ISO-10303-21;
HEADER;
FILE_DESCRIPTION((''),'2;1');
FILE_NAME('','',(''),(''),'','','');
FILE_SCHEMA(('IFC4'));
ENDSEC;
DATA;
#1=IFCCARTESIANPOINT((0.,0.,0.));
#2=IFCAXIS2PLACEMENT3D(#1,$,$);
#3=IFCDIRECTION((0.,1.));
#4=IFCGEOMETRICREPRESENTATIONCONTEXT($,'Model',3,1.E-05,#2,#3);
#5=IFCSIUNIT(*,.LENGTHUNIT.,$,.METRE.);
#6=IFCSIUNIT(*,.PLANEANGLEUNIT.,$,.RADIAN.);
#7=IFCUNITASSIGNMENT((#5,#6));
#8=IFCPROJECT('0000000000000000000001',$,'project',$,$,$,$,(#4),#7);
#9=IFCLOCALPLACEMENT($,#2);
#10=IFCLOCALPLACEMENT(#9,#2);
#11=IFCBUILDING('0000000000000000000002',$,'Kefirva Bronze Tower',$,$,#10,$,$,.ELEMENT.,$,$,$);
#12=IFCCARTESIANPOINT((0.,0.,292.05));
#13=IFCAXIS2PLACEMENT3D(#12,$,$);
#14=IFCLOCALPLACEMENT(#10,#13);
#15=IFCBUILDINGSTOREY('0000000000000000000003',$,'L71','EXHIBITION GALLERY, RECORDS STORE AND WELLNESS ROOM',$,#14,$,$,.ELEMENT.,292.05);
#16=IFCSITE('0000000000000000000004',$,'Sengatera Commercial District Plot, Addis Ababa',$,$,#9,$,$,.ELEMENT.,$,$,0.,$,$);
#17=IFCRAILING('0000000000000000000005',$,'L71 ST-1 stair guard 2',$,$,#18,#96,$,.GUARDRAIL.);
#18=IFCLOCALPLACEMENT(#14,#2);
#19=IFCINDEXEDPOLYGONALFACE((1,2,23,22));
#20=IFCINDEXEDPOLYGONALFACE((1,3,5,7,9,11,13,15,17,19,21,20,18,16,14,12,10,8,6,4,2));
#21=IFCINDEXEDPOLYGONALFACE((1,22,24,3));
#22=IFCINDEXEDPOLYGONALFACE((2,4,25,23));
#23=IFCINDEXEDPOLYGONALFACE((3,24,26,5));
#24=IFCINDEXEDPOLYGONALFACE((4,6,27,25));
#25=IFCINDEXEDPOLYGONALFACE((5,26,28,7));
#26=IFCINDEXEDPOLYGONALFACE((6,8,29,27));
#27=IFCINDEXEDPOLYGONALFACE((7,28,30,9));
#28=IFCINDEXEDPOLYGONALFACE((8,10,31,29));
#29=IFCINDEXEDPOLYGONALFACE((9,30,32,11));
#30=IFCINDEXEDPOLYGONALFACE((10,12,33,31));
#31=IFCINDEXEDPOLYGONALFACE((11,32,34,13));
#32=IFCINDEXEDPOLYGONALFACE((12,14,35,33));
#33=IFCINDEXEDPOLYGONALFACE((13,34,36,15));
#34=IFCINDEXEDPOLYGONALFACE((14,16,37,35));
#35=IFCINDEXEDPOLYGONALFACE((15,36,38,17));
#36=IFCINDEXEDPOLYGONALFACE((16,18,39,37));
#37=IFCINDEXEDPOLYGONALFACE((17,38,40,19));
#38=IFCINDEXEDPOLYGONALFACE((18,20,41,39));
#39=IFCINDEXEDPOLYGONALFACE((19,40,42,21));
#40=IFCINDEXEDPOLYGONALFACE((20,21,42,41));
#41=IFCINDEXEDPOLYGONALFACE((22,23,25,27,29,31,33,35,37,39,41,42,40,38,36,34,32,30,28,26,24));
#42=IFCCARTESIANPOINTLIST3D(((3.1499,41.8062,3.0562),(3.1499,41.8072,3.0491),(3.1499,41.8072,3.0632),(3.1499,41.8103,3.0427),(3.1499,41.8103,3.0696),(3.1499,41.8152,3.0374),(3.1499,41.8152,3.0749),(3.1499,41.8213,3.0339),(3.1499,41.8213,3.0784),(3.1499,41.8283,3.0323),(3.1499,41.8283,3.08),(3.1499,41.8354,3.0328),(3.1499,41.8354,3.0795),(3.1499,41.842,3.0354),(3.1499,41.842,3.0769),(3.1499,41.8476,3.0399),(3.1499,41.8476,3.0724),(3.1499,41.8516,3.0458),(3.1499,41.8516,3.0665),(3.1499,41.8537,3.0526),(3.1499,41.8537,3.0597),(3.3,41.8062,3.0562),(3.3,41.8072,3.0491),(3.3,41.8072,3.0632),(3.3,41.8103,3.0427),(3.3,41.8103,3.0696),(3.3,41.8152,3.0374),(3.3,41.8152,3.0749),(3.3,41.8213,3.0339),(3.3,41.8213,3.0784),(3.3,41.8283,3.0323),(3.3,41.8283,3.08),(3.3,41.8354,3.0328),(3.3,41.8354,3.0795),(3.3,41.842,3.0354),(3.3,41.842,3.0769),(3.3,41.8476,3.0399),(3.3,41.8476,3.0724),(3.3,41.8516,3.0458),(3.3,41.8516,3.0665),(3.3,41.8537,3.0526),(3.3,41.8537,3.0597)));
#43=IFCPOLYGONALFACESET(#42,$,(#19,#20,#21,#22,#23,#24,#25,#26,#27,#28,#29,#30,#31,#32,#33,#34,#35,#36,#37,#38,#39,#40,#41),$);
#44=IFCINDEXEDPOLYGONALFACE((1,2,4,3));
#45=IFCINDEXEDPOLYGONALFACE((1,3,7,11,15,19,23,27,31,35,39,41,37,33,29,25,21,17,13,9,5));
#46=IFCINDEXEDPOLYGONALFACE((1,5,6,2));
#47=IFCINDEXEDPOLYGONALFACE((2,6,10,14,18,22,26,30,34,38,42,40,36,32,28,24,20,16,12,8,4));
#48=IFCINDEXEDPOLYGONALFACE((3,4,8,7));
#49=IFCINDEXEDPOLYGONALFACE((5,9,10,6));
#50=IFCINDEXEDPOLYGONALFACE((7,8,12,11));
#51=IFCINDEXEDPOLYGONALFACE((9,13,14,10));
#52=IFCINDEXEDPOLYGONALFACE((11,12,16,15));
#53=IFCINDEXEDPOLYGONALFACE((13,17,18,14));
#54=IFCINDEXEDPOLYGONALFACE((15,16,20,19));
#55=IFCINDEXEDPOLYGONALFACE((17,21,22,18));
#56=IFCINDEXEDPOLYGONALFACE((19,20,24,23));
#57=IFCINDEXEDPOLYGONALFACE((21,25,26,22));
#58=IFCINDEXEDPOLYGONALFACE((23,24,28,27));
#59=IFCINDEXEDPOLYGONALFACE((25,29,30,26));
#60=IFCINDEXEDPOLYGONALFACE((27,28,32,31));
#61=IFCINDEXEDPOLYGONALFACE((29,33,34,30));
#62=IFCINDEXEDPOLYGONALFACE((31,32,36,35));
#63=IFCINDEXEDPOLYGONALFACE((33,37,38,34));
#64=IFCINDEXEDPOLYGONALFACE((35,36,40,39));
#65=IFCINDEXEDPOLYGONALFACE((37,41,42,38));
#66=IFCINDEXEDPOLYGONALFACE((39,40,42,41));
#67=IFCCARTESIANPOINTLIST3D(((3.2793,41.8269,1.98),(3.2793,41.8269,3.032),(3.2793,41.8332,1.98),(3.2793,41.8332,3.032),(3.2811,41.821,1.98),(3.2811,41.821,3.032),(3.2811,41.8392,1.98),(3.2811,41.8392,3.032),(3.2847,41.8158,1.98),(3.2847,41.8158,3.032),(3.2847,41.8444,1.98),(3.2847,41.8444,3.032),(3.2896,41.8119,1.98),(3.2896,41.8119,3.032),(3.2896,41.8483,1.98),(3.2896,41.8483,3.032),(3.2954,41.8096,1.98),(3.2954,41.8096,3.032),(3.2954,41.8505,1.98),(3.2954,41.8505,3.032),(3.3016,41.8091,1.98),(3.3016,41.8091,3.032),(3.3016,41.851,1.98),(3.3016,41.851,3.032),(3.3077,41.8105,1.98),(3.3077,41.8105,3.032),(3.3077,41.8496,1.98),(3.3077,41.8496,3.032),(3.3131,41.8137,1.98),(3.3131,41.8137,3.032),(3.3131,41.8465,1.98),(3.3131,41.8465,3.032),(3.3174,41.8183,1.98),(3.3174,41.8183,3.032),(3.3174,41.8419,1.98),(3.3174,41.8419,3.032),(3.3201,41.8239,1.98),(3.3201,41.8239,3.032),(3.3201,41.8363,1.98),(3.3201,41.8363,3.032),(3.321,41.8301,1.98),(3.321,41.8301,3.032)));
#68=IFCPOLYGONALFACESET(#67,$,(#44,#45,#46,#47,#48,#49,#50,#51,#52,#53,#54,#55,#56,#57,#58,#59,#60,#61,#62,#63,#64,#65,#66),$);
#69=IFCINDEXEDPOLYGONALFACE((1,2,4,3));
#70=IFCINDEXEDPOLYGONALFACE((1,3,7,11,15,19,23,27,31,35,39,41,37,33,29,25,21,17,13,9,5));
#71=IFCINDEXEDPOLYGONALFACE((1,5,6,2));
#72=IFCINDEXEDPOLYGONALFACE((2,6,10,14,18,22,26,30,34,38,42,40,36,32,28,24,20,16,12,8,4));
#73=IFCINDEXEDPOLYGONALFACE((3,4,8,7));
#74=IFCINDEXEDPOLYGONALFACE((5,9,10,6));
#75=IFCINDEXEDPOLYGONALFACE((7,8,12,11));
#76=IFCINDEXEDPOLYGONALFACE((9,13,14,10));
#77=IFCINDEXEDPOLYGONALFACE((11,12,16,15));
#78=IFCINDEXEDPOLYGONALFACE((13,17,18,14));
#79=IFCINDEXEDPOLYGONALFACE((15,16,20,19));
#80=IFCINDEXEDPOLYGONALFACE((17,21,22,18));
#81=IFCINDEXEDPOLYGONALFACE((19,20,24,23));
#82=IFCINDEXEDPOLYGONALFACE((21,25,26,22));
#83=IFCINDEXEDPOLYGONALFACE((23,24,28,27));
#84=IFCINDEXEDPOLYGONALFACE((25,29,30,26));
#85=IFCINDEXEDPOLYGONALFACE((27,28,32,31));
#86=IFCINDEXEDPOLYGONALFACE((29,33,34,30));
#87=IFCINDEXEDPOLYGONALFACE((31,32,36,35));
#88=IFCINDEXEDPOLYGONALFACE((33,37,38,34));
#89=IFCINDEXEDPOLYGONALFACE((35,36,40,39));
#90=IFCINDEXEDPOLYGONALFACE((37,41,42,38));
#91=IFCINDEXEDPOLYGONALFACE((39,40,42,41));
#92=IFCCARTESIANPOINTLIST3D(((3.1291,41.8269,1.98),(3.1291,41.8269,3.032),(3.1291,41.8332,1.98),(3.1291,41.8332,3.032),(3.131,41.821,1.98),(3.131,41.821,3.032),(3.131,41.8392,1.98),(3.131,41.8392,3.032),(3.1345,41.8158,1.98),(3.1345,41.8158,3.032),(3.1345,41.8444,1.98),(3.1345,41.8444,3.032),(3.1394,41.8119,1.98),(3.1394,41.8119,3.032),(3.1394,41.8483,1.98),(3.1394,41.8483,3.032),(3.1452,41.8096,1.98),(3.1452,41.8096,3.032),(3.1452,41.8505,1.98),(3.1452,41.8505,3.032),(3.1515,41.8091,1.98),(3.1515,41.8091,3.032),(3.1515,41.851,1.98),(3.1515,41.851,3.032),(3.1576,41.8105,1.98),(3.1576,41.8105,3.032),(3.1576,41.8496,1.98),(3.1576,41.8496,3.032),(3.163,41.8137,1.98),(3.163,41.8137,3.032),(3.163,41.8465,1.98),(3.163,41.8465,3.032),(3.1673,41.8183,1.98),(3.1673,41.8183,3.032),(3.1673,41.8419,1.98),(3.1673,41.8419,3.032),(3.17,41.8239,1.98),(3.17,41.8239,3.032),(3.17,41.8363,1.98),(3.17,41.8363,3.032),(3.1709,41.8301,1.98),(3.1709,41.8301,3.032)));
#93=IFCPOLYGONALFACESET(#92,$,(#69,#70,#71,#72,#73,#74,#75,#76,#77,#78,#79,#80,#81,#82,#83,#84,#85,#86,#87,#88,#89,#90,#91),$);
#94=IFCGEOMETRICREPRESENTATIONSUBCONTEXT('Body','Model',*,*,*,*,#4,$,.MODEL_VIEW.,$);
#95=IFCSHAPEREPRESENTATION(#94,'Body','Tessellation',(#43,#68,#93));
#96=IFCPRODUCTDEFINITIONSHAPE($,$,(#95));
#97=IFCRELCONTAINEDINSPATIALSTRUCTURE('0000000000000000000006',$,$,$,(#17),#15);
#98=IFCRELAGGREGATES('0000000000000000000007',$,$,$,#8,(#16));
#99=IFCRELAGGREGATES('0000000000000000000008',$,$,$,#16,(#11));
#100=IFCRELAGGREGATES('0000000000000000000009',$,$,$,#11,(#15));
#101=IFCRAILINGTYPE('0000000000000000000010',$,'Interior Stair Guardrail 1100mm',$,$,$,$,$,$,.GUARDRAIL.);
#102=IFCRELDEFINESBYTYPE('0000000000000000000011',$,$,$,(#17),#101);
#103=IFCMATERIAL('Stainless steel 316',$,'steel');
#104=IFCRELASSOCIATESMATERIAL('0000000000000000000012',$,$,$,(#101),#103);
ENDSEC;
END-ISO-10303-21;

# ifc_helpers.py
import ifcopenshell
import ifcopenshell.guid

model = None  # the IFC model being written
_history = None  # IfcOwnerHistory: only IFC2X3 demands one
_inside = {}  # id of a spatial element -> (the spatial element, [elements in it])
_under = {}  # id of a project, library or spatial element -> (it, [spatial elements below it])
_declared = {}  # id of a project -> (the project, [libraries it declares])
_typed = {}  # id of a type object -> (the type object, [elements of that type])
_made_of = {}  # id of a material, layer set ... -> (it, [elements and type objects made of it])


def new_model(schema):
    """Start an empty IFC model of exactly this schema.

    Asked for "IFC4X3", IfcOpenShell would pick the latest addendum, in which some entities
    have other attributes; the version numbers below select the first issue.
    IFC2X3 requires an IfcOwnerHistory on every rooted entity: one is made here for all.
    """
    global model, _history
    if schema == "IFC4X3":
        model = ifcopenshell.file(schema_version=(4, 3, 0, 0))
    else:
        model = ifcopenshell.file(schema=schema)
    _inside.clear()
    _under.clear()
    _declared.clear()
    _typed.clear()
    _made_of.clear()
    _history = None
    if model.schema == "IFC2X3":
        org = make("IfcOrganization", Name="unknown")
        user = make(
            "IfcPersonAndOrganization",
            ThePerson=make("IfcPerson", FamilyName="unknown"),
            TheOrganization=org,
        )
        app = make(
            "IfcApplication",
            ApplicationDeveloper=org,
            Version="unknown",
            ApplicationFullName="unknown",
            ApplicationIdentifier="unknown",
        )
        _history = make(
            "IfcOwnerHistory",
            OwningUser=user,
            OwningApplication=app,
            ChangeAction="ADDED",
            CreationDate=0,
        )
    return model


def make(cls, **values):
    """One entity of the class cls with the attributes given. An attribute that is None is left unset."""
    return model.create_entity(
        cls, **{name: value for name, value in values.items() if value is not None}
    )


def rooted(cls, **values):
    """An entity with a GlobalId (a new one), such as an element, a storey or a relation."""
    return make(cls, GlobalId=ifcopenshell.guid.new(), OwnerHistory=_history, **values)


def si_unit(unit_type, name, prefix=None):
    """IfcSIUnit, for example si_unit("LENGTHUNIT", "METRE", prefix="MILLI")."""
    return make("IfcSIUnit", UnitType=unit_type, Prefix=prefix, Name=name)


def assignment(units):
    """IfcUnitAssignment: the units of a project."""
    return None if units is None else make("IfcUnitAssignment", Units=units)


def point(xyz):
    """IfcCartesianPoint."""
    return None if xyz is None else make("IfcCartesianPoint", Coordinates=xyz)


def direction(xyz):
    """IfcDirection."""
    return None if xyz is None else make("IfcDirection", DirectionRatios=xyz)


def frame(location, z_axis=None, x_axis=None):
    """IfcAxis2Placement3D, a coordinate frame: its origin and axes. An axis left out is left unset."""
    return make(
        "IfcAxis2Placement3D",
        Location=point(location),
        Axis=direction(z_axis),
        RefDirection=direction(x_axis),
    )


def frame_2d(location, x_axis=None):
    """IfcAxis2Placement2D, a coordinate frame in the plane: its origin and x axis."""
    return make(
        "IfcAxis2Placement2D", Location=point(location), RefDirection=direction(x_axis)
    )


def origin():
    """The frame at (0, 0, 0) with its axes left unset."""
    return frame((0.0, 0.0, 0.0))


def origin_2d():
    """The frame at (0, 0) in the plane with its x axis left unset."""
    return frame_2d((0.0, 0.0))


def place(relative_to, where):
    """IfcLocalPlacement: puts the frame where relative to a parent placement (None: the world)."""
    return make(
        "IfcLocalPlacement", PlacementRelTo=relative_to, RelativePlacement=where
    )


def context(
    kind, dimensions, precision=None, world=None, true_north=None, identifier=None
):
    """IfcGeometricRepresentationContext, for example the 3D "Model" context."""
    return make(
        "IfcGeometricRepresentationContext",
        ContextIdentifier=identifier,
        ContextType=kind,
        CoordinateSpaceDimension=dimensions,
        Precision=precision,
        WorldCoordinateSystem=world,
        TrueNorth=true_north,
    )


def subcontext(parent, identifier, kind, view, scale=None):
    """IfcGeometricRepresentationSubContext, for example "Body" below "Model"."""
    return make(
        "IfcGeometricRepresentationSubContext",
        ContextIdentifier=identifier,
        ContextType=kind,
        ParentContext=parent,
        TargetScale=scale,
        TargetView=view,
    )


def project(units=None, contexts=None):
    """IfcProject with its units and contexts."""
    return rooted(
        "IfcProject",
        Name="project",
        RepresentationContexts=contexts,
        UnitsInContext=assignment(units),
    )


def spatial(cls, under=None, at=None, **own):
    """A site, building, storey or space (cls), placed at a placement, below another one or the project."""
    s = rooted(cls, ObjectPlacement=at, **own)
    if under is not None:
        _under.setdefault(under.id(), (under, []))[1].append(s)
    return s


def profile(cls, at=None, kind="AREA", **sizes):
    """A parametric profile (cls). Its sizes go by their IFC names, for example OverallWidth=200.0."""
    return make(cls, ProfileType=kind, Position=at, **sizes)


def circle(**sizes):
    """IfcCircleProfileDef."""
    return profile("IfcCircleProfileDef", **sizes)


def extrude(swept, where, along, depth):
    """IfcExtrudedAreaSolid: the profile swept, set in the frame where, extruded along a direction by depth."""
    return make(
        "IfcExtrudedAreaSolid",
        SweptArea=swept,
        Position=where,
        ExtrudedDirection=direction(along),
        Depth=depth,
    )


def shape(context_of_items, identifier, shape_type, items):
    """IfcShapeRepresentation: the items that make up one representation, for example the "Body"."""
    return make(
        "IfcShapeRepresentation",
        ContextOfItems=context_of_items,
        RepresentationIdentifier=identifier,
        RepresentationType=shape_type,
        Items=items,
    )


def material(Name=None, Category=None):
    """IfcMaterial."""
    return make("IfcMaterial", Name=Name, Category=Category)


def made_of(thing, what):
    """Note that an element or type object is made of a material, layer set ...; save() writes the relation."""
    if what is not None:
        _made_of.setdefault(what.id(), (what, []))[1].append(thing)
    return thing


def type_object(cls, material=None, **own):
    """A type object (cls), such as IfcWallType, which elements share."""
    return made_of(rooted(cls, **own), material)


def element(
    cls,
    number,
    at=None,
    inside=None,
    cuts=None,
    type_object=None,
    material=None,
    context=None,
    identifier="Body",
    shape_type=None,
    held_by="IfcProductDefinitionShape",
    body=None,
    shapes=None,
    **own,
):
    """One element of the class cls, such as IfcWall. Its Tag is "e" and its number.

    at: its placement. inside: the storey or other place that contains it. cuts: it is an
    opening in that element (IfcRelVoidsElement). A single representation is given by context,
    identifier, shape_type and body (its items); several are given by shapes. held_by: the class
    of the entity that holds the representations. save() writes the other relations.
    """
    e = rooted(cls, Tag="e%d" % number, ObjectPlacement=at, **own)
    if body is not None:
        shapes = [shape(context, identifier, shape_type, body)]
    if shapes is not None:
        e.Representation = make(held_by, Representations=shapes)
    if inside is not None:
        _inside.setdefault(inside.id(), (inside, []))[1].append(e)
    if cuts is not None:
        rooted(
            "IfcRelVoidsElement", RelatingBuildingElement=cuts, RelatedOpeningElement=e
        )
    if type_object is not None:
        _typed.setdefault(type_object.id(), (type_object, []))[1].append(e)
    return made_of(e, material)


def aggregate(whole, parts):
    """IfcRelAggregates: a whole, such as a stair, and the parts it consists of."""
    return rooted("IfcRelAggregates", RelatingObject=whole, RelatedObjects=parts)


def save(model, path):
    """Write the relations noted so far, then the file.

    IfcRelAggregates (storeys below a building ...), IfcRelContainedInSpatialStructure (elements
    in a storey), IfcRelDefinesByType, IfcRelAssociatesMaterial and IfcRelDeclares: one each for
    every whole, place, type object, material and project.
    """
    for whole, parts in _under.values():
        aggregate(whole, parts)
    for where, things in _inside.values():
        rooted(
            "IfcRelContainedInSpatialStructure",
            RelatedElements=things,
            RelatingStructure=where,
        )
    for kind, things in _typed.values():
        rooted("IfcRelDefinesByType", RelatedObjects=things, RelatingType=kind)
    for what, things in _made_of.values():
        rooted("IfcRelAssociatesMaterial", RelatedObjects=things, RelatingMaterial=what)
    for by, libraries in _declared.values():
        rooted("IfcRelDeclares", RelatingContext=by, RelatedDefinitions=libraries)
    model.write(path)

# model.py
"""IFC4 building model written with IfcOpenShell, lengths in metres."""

from ifc_helpers import new_model, si_unit, direction, frame, origin, origin_2d, place, context, subcontext, project, spatial, circle, extrude, material, type_object, element, save


model = new_model("IFC4")

# Units and contexts
model_context = context("Model", 3, precision=1e-05, world=origin(), true_north=direction((0.0, 1.0)))
body_context = subcontext(model_context, "Body", "Model", "MODEL_VIEW")
ifc_project = project(units=[si_unit("LENGTHUNIT", "METRE"), si_unit("PLANEANGLEUNIT", "RADIAN")], contexts=[model_context])

# Site, building, storey
site_placement = place(None, origin())
site = spatial("IfcSite", under=ifc_project, at=site_placement, Name="Sengatera Commercial District Plot, Addis Ababa", CompositionType="ELEMENT", RefElevation=0.0)
building_placement = place(site_placement, origin())
building = spatial("IfcBuilding", under=site, at=building_placement, Name="Kefirva Bronze Tower", CompositionType="ELEMENT")
storey_placement = place(building_placement, frame((0.0, 0.0, 292.05)))
storey = spatial("IfcBuildingStorey", under=building, at=storey_placement, Name="L71", Description="EXHIBITION GALLERY, RECORDS STORE AND WELLNESS ROOM", CompositionType="ELEMENT", Elevation=292.05)

# Railing
ifc_material_1 = material(Name="Stainless steel 316", Category="steel")
railing_type_1 = type_object("IfcRailingType", Name="Interior Stair Guardrail 1100mm", PredefinedType="GUARDRAIL", material=ifc_material_1)
railing_1_placement = place(storey_placement, frame((3.3, 41.8301, 1.98)))
element("IfcRailing", 1, at=railing_1_placement, inside=storey, type_object=railing_type_1, Name="L71 ST-1 stair guard 2", PredefinedType="GUARDRAIL", context=body_context, shape_type="SweptSolid", body=[
    extrude(circle(Radius=0.0239, at=origin_2d()), frame((0.0, 0.0, 1.0762), z_axis=(-1.0, 0.0, 0.0), x_axis=(0.0, -1.0, 0.0)), (0.0, 0.0, 1.0), 0.1501),
    extrude(circle(Radius=0.021, at=origin_2d()), origin(), (0.0, 0.0, 1.0), 1.052),
    extrude(circle(Radius=0.021, at=origin_2d()), frame((-0.1501, 0.0, 0.0)), (0.0, 0.0, 1.0), 1.052),
])

save(model, "model.ifc")
